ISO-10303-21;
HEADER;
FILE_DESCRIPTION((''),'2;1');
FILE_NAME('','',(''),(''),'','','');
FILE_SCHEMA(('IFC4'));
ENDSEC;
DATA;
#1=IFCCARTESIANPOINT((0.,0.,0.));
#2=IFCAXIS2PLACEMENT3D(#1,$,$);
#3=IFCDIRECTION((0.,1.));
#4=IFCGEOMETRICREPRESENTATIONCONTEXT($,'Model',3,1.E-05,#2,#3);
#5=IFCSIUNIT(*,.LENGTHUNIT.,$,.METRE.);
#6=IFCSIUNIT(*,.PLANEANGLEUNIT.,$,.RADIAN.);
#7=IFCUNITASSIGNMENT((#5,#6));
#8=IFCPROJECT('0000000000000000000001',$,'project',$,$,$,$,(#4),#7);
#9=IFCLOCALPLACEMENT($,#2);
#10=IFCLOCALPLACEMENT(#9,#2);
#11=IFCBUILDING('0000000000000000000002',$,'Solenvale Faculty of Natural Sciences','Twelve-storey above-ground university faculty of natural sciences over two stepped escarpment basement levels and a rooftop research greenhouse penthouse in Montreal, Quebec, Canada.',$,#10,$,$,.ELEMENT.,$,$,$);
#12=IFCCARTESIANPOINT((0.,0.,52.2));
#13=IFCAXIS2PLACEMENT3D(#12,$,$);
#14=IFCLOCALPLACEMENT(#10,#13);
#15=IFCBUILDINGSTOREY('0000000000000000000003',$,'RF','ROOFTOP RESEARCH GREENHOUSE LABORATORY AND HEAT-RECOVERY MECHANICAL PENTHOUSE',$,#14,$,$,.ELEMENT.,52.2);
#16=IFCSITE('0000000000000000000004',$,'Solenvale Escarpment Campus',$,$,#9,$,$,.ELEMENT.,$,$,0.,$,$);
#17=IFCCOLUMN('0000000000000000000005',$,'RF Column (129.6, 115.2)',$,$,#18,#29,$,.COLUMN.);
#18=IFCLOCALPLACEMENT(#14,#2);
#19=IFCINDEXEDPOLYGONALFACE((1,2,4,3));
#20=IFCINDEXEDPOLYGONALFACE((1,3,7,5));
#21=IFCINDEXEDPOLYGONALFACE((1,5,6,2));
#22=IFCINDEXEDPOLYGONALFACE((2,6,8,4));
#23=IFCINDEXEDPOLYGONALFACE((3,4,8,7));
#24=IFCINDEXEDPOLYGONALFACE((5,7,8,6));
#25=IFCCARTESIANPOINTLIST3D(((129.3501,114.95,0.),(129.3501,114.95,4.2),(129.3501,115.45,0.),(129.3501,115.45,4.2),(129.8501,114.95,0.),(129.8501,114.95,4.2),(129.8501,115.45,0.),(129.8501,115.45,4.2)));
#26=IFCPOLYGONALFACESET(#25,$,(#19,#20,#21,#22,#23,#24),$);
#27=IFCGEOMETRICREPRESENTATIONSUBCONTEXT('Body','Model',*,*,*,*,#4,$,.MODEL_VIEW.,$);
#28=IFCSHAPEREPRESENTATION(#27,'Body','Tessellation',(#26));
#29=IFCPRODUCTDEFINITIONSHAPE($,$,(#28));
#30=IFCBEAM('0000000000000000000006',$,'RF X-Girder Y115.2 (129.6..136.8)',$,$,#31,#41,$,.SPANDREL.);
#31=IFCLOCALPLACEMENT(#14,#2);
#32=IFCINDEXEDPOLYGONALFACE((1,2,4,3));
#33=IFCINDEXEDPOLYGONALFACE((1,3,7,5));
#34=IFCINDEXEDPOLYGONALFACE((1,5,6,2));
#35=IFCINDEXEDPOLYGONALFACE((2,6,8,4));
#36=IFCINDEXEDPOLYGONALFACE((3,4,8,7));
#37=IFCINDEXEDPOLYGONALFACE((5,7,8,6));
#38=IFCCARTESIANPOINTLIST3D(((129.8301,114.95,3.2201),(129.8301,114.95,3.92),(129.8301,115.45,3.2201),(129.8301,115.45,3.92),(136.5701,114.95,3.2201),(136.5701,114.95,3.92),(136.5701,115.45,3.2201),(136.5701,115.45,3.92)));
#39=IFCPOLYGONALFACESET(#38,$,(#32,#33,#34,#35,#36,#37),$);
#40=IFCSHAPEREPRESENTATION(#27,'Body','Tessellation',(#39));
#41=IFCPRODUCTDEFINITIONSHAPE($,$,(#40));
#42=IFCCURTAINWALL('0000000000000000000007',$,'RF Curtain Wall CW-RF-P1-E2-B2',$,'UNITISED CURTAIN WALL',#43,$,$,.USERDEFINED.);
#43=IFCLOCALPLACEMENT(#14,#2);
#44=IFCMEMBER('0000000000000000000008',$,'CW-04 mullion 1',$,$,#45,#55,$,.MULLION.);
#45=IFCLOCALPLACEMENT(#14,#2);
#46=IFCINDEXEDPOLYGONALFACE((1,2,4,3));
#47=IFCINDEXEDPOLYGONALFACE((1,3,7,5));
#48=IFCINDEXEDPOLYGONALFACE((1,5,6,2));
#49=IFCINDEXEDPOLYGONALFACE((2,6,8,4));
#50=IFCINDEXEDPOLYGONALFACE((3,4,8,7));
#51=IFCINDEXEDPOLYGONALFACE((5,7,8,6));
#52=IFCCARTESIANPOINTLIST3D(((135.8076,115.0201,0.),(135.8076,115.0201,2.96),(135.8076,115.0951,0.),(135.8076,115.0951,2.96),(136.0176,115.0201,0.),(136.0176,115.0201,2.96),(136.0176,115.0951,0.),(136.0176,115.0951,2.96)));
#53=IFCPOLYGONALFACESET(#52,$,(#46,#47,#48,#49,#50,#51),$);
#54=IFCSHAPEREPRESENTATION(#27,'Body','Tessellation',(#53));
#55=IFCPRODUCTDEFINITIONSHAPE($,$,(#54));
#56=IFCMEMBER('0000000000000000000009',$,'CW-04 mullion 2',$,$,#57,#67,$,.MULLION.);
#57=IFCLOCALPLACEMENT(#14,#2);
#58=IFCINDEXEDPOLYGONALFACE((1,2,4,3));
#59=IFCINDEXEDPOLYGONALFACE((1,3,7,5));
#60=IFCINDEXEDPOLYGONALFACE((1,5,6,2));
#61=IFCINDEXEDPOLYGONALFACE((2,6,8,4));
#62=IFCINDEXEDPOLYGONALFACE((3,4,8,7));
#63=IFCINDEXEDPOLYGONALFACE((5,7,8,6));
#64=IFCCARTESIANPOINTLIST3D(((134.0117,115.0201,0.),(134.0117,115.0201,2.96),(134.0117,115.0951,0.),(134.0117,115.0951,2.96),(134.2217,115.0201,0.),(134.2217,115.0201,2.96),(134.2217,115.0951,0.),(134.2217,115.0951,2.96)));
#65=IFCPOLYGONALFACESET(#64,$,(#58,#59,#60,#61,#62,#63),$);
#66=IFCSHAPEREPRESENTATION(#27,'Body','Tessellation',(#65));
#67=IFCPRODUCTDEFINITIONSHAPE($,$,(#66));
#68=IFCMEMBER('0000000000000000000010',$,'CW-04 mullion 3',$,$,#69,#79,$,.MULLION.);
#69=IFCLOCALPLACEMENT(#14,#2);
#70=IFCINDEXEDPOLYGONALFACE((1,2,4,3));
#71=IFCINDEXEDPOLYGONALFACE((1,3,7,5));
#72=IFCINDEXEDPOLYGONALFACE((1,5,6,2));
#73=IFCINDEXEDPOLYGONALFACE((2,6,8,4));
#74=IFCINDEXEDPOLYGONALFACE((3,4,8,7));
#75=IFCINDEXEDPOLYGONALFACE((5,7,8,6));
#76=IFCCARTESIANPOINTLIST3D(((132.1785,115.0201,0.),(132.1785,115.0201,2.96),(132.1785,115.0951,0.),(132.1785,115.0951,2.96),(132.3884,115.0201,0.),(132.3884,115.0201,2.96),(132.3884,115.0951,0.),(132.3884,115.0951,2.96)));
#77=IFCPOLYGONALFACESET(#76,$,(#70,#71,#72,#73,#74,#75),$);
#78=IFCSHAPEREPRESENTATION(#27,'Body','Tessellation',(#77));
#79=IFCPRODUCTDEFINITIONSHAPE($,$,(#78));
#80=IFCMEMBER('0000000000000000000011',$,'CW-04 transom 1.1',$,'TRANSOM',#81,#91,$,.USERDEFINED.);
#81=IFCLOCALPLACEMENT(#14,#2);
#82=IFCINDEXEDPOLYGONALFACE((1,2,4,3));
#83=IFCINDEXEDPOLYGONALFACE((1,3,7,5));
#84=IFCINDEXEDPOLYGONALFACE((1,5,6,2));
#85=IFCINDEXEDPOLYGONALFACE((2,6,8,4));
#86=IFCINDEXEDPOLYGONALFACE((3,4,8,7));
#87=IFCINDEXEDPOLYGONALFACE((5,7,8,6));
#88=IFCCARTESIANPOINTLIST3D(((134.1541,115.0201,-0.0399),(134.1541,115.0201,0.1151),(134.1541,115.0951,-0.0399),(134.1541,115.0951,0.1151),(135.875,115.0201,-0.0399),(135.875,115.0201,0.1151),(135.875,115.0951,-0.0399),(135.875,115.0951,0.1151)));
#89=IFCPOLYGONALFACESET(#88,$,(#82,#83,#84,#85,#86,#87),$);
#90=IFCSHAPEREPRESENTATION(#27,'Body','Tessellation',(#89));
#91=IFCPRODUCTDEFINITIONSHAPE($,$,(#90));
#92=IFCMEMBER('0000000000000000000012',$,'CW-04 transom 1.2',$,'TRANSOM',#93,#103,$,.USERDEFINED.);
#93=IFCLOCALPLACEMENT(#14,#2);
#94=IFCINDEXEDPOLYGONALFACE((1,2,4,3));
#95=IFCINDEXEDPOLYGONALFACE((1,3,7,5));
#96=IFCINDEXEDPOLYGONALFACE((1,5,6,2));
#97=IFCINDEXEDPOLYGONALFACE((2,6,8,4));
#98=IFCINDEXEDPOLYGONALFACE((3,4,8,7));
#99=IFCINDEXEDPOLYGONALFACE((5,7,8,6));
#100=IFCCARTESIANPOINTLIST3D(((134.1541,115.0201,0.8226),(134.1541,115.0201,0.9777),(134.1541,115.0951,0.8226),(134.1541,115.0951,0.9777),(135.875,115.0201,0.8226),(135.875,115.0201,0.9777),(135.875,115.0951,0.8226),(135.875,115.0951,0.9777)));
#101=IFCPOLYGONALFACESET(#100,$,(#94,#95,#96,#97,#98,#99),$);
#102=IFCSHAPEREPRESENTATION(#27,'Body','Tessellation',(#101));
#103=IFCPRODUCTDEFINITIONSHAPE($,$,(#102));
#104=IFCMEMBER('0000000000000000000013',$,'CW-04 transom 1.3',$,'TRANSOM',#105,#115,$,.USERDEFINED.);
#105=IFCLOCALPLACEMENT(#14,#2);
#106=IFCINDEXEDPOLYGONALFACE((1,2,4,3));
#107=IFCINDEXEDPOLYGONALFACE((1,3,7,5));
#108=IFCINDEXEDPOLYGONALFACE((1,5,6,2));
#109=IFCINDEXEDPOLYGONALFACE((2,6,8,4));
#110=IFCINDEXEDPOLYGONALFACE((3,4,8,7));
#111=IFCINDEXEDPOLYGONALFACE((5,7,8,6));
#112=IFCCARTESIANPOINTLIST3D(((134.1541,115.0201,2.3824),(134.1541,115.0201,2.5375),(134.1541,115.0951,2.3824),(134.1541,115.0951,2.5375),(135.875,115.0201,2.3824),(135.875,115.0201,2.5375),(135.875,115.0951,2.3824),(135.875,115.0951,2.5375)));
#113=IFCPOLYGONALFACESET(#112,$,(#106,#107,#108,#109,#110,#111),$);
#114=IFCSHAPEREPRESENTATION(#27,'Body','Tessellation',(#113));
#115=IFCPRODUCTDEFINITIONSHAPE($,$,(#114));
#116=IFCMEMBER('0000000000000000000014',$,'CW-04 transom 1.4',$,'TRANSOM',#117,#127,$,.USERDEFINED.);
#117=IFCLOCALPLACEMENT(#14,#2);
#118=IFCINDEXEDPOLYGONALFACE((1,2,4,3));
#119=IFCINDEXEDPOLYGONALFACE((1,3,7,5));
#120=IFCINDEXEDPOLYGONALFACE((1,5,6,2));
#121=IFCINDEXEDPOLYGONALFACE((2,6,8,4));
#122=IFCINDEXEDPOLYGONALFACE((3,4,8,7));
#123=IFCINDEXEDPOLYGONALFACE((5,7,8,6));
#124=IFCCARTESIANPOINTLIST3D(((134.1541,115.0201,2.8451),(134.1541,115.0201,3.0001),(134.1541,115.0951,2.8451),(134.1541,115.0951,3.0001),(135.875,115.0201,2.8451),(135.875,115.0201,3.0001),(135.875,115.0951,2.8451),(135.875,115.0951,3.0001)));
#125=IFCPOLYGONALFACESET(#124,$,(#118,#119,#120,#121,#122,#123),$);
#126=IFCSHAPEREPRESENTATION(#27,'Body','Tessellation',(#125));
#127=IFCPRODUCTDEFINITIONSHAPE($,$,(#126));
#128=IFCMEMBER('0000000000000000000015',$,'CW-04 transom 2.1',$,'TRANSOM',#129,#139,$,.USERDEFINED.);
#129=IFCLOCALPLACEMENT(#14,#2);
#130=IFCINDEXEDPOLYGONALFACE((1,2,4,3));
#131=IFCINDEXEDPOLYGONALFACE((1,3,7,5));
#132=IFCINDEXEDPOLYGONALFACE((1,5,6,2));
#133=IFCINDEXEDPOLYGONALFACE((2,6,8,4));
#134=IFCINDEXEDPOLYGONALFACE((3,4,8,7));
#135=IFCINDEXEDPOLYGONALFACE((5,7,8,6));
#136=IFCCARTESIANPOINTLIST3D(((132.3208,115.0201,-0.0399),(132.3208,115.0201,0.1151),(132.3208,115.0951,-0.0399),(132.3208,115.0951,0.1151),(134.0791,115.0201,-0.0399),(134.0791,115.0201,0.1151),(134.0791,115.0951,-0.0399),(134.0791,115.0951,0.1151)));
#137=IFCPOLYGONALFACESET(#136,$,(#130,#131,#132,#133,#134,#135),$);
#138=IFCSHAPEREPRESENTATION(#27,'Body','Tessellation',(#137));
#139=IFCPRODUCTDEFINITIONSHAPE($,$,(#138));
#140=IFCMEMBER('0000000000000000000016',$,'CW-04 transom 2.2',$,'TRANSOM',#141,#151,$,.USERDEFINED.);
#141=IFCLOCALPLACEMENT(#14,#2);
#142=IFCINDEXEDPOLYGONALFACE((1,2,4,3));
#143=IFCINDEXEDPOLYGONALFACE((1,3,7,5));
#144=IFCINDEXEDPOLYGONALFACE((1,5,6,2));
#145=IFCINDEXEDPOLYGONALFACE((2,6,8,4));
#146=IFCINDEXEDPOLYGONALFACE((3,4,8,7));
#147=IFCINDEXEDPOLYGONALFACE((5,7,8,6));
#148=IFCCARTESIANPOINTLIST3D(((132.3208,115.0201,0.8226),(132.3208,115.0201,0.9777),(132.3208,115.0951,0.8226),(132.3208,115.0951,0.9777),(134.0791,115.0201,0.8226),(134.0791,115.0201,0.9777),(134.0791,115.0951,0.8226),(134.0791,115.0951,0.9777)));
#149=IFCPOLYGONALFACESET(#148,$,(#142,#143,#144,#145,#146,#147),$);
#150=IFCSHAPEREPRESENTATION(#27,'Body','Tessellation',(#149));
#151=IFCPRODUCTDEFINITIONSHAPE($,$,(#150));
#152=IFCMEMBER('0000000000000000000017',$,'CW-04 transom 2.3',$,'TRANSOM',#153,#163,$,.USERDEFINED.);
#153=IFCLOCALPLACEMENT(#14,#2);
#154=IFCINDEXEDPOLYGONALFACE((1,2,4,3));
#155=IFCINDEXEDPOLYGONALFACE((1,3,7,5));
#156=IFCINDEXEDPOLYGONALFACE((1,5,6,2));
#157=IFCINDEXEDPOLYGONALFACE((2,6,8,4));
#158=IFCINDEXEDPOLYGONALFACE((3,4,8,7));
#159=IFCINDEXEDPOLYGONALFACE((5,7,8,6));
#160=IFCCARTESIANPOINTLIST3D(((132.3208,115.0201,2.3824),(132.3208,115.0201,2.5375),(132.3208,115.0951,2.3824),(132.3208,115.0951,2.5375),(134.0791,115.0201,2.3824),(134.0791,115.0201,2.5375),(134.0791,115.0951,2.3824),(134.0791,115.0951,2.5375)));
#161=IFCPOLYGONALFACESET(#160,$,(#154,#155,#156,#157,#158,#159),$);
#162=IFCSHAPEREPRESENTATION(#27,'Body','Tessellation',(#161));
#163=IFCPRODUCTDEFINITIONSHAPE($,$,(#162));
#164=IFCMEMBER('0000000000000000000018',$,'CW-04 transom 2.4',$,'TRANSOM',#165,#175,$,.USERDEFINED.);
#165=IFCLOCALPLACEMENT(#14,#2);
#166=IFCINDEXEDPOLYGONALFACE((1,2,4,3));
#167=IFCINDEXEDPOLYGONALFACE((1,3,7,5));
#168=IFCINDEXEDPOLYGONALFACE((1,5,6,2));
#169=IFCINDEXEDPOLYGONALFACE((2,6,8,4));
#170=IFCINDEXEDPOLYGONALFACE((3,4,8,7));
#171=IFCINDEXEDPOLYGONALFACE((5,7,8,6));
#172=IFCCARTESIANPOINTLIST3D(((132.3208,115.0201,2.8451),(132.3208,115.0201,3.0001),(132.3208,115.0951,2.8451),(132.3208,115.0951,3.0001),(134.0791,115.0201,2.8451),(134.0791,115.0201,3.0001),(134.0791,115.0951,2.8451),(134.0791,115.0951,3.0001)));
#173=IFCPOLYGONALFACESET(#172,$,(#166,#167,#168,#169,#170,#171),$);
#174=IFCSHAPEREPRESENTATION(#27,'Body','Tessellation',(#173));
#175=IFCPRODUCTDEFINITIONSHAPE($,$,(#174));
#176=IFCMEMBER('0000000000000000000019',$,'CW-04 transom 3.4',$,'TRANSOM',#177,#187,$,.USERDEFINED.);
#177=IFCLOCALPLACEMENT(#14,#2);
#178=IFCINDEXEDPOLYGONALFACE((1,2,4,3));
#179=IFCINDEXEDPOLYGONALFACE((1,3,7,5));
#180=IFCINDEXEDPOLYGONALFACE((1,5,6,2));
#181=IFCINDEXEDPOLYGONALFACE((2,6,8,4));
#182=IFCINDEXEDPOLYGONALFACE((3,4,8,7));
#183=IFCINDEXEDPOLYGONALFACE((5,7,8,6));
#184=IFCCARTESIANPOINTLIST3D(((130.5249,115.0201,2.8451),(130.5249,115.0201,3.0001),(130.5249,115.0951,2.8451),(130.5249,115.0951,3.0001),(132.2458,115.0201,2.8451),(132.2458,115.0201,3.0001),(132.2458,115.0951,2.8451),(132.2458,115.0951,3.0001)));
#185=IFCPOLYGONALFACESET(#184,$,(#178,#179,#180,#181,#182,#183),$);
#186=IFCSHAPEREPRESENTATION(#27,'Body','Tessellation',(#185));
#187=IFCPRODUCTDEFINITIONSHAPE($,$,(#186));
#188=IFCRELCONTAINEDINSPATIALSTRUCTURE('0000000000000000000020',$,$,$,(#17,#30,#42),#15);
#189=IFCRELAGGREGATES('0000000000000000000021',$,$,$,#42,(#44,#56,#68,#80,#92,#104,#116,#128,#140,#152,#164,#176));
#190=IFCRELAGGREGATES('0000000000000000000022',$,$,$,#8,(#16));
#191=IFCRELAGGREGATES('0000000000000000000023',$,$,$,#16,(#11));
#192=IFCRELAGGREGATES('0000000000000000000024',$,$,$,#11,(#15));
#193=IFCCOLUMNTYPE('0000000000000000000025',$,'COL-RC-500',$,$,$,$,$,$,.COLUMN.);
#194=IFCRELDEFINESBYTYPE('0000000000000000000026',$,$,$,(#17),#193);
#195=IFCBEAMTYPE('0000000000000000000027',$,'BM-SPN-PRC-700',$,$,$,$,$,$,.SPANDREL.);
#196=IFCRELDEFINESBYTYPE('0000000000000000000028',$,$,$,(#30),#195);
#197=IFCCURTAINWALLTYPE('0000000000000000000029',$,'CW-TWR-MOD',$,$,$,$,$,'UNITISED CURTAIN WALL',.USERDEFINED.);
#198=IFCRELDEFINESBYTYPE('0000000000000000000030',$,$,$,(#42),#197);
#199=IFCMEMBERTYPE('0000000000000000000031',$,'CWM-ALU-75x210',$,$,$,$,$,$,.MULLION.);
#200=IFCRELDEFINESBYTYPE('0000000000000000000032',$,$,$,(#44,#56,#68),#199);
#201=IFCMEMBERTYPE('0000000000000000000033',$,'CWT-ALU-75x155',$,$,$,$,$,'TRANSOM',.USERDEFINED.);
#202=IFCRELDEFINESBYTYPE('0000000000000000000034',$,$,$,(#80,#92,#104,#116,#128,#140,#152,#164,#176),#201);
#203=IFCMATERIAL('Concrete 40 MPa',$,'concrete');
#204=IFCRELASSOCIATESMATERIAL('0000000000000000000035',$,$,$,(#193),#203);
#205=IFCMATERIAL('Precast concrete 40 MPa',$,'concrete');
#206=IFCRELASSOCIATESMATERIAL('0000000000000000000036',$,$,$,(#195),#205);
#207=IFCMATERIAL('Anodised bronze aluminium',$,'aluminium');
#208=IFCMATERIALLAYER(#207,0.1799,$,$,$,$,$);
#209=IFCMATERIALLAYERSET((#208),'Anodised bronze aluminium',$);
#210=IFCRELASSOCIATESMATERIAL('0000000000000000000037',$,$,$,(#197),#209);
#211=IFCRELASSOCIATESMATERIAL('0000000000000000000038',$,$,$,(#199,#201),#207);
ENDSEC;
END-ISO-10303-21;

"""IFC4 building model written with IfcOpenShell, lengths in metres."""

from ifc_helpers import new_model, si_unit, direction, frame, origin, origin_2d, place, context, subcontext, project, spatial, rectangle, extrude, material, layer, layer_set, material_profile, profile_set, type_object, element, aggregate, save


model = new_model("IFC4")

# Units and contexts
model_context = context("Model", 3, precision=1e-05, world=origin(), true_north=direction((0.0, 1.0)))
body_context = subcontext(model_context, "Body", "Model", "MODEL_VIEW")
ifc_project = project(units=[si_unit("LENGTHUNIT", "METRE"), si_unit("PLANEANGLEUNIT", "RADIAN")], contexts=[model_context])

# Site, building, storey
site_placement = place(None, origin())
site = spatial("IfcSite", under=ifc_project, at=site_placement, Name="Solenvale Escarpment Campus", CompositionType="ELEMENT", RefElevation=0.0)
building_placement = place(site_placement, origin())
building = spatial("IfcBuilding", under=site, at=building_placement, Name="Solenvale Faculty of Natural Sciences", Description="Twelve-storey above-ground university faculty of natural sciences over two stepped escarpment basement levels and a rooftop research greenhouse penthouse in Montreal, Quebec, Canada.", CompositionType="ELEMENT")
storey_placement = place(building_placement, frame((0.0, 0.0, 52.2)))
storey = spatial("IfcBuildingStorey", under=building, at=storey_placement, Name="RF", Description="ROOFTOP RESEARCH GREENHOUSE LABORATORY AND HEAT-RECOVERY MECHANICAL PENTHOUSE", CompositionType="ELEMENT", Elevation=52.2)

# Column
ifc_material_1 = material(Name="Concrete 40 MPa", Category="concrete")
ifc_material_profile_1 = material_profile(ifc_material_1, rectangle(XDim=0.5, YDim=0.5, at=origin_2d()), Name="RC-COL-500x500")
ifc_profile_set_1 = profile_set([ifc_material_profile_1], Name="Concrete 40 MPa")
column_type = type_object("IfcColumnType", Name="COL-RC-500", PredefinedType="COLUMN", material=ifc_profile_set_1)
column_placement = place(storey_placement, frame((129.6001, 115.2, 0.0), z_axis=(0.0, 0.0, 1.0), x_axis=(1.0, 0.0, 0.0)))
element("IfcColumn", 1, at=column_placement, inside=storey, type_object=column_type, Name="RF Column (129.6, 115.2)", PredefinedType="COLUMN", context=body_context, shape_type="SweptSolid", body=[
    extrude(rectangle(XDim=0.5, YDim=0.5, at=origin_2d()), origin(), (0.0, 0.0, 1.0), 4.2),
])

# Beam
ifc_material_2 = material(Name="Precast concrete 40 MPa", Category="concrete")
ifc_material_profile_2 = material_profile(ifc_material_2, rectangle(XDim=0.5, YDim=0.7, at=origin_2d()), Name="RC-BM-500x700")
ifc_profile_set_2 = profile_set([ifc_material_profile_2], Name="Precast concrete 40 MPa")
beam_type = type_object("IfcBeamType", Name="BM-SPN-PRC-700", PredefinedType="SPANDREL", material=ifc_profile_set_2)
beam_placement = place(storey_placement, frame((129.8301, 115.2, 3.5701), z_axis=(1.0, 0.0, 0.0), x_axis=(0.0, 1.0, 0.0)))
element("IfcBeam", 2, at=beam_placement, inside=storey, type_object=beam_type, Name="RF X-Girder Y115.2 (129.6..136.8)", PredefinedType="SPANDREL", context=body_context, shape_type="SweptSolid", body=[
    extrude(rectangle(XDim=0.5, YDim=0.7, at=origin_2d()), origin(), (0.0, 0.0, 1.0), 6.74),
])

# Curtain wall, members
ifc_material_3 = material(Name="Anodised bronze aluminium", Category="aluminium")
ifc_layer_1 = layer(ifc_material_3, 0.1799)
ifc_layer_set_1 = layer_set([ifc_layer_1], Name="Anodised bronze aluminium")
curtain_wall_type = type_object("IfcCurtainWallType", Name="CW-TWR-MOD", ElementType="UNITISED CURTAIN WALL", PredefinedType="USERDEFINED", material=ifc_layer_set_1)
curtain_wall_placement = place(storey_placement, origin())
curtain_wall = element("IfcCurtainWall", 3, at=curtain_wall_placement, inside=storey, type_object=curtain_wall_type, Name="RF Curtain Wall CW-RF-P1-E2-B2", ObjectType="UNITISED CURTAIN WALL", PredefinedType="USERDEFINED")
ifc_material_profile_3 = material_profile(ifc_material_3, rectangle(XDim=0.075, YDim=0.21, at=origin_2d()), Name="ALU-MUL-75x210")
ifc_profile_set_3 = profile_set([ifc_material_profile_3], Name="Anodised bronze aluminium")
member_type_1 = type_object("IfcMemberType", Name="CWM-ALU-75x210", PredefinedType="MULLION", material=ifc_profile_set_3)
member_1_placement = place(storey_placement, frame((135.9126, 115.0576, 0.0), z_axis=(0.0, 0.0, 1.0), x_axis=(0.0, -1.0, 0.0)))
member_1 = element("IfcMember", 4, at=member_1_placement, type_object=member_type_1, Name="CW-04 mullion 1", PredefinedType="MULLION", context=body_context, shape_type="SweptSolid", body=[
    extrude(rectangle(XDim=0.075, YDim=0.21, at=origin_2d()), origin(), (0.0, 0.0, 1.0), 2.96),
])
member_2_placement = place(storey_placement, frame((134.1167, 115.0576, 0.0), z_axis=(0.0, 0.0, 1.0), x_axis=(0.0, -1.0, 0.0)))
member_2 = element("IfcMember", 5, at=member_2_placement, type_object=member_type_1, Name="CW-04 mullion 2", PredefinedType="MULLION", context=body_context, shape_type="SweptSolid", body=[
    extrude(rectangle(XDim=0.075, YDim=0.21, at=origin_2d()), origin(), (0.0, 0.0, 1.0), 2.96),
])
member_3_placement = place(storey_placement, frame((132.2834, 115.0576, 0.0), z_axis=(0.0, 0.0, 1.0), x_axis=(0.0, -1.0, 0.0)))
member_3 = element("IfcMember", 6, at=member_3_placement, type_object=member_type_1, Name="CW-04 mullion 3", PredefinedType="MULLION", context=body_context, shape_type="SweptSolid", body=[
    extrude(rectangle(XDim=0.075, YDim=0.21, at=origin_2d()), origin(), (0.0, 0.0, 1.0), 2.96),
])
ifc_material_profile_4 = material_profile(ifc_material_3, rectangle(XDim=0.075, YDim=0.155, at=origin_2d()), Name="ALU-TRN-75x155")
ifc_profile_set_4 = profile_set([ifc_material_profile_4], Name="Anodised bronze aluminium")
member_type_2 = type_object("IfcMemberType", Name="CWT-ALU-75x155", ElementType="TRANSOM", PredefinedType="USERDEFINED", material=ifc_profile_set_4)
member_4_placement = place(storey_placement, frame((135.875, 115.0576, 0.0376), z_axis=(-1.0, 0.0, 0.0), x_axis=(0.0, -1.0, 0.0)))
member_4 = element("IfcMember", 7, at=member_4_placement, type_object=member_type_2, Name="CW-04 transom 1.1", ObjectType="TRANSOM", PredefinedType="USERDEFINED", context=body_context, shape_type="SweptSolid", body=[
    extrude(rectangle(XDim=0.075, YDim=0.155, at=origin_2d()), origin(), (0.0, 0.0, 1.0), 1.7209),
])
member_5_placement = place(storey_placement, frame((135.875, 115.0576, 0.9001), z_axis=(-1.0, 0.0, 0.0), x_axis=(0.0, -1.0, 0.0)))
member_5 = element("IfcMember", 8, at=member_5_placement, type_object=member_type_2, Name="CW-04 transom 1.2", ObjectType="TRANSOM", PredefinedType="USERDEFINED", context=body_context, shape_type="SweptSolid", body=[
    extrude(rectangle(XDim=0.075, YDim=0.155, at=origin_2d()), origin(), (0.0, 0.0, 1.0), 1.7209),
])
member_6_placement = place(storey_placement, frame((135.875, 115.0576, 2.46), z_axis=(-1.0, 0.0, 0.0), x_axis=(0.0, -1.0, 0.0)))
member_6 = element("IfcMember", 9, at=member_6_placement, type_object=member_type_2, Name="CW-04 transom 1.3", ObjectType="TRANSOM", PredefinedType="USERDEFINED", context=body_context, shape_type="SweptSolid", body=[
    extrude(rectangle(XDim=0.075, YDim=0.155, at=origin_2d()), origin(), (0.0, 0.0, 1.0), 1.7209),
])
member_7_placement = place(storey_placement, frame((135.875, 115.0576, 2.9226), z_axis=(-1.0, 0.0, 0.0), x_axis=(0.0, -1.0, 0.0)))
member_7 = element("IfcMember", 10, at=member_7_placement, type_object=member_type_2, Name="CW-04 transom 1.4", ObjectType="TRANSOM", PredefinedType="USERDEFINED", context=body_context, shape_type="SweptSolid", body=[
    extrude(rectangle(XDim=0.075, YDim=0.155, at=origin_2d()), origin(), (0.0, 0.0, 1.0), 1.7209),
])
member_8_placement = place(storey_placement, frame((134.0791, 115.0576, 0.0376), z_axis=(-1.0, 0.0, 0.0), x_axis=(0.0, -1.0, 0.0)))
member_8 = element("IfcMember", 11, at=member_8_placement, type_object=member_type_2, Name="CW-04 transom 2.1", ObjectType="TRANSOM", PredefinedType="USERDEFINED", context=body_context, shape_type="SweptSolid", body=[
    extrude(rectangle(XDim=0.075, YDim=0.155, at=origin_2d()), origin(), (0.0, 0.0, 1.0), 1.7583),
])
member_9_placement = place(storey_placement, frame((134.0791, 115.0576, 0.9001), z_axis=(-1.0, 0.0, 0.0), x_axis=(0.0, -1.0, 0.0)))
member_9 = element("IfcMember", 12, at=member_9_placement, type_object=member_type_2, Name="CW-04 transom 2.2", ObjectType="TRANSOM", PredefinedType="USERDEFINED", context=body_context, shape_type="SweptSolid", body=[
    extrude(rectangle(XDim=0.075, YDim=0.155, at=origin_2d()), origin(), (0.0, 0.0, 1.0), 1.7583),
])
member_10_placement = place(storey_placement, frame((134.0791, 115.0576, 2.46), z_axis=(-1.0, 0.0, 0.0), x_axis=(0.0, -1.0, 0.0)))
member_10 = element("IfcMember", 13, at=member_10_placement, type_object=member_type_2, Name="CW-04 transom 2.3", ObjectType="TRANSOM", PredefinedType="USERDEFINED", context=body_context, shape_type="SweptSolid", body=[
    extrude(rectangle(XDim=0.075, YDim=0.155, at=origin_2d()), origin(), (0.0, 0.0, 1.0), 1.7583),
])
member_11_placement = place(storey_placement, frame((134.0791, 115.0576, 2.9226), z_axis=(-1.0, 0.0, 0.0), x_axis=(0.0, -1.0, 0.0)))
member_11 = element("IfcMember", 14, at=member_11_placement, type_object=member_type_2, Name="CW-04 transom 2.4", ObjectType="TRANSOM", PredefinedType="USERDEFINED", context=body_context, shape_type="SweptSolid", body=[
    extrude(rectangle(XDim=0.075, YDim=0.155, at=origin_2d()), origin(), (0.0, 0.0, 1.0), 1.7583),
])
member_12_placement = place(storey_placement, frame((132.2458, 115.0576, 2.9226), z_axis=(-1.0, 0.0, 0.0), x_axis=(0.0, -1.0, 0.0)))
member_12 = element("IfcMember", 15, at=member_12_placement, type_object=member_type_2, Name="CW-04 transom 3.4", ObjectType="TRANSOM", PredefinedType="USERDEFINED", context=body_context, shape_type="SweptSolid", body=[
    extrude(rectangle(XDim=0.075, YDim=0.155, at=origin_2d()), origin(), (0.0, 0.0, 1.0), 1.7209),
])
aggregate(curtain_wall, [member_1, member_2, member_3, member_4, member_5, member_6, member_7, member_8, member_9, member_10, member_11, member_12])

save(model, "model.ifc")
